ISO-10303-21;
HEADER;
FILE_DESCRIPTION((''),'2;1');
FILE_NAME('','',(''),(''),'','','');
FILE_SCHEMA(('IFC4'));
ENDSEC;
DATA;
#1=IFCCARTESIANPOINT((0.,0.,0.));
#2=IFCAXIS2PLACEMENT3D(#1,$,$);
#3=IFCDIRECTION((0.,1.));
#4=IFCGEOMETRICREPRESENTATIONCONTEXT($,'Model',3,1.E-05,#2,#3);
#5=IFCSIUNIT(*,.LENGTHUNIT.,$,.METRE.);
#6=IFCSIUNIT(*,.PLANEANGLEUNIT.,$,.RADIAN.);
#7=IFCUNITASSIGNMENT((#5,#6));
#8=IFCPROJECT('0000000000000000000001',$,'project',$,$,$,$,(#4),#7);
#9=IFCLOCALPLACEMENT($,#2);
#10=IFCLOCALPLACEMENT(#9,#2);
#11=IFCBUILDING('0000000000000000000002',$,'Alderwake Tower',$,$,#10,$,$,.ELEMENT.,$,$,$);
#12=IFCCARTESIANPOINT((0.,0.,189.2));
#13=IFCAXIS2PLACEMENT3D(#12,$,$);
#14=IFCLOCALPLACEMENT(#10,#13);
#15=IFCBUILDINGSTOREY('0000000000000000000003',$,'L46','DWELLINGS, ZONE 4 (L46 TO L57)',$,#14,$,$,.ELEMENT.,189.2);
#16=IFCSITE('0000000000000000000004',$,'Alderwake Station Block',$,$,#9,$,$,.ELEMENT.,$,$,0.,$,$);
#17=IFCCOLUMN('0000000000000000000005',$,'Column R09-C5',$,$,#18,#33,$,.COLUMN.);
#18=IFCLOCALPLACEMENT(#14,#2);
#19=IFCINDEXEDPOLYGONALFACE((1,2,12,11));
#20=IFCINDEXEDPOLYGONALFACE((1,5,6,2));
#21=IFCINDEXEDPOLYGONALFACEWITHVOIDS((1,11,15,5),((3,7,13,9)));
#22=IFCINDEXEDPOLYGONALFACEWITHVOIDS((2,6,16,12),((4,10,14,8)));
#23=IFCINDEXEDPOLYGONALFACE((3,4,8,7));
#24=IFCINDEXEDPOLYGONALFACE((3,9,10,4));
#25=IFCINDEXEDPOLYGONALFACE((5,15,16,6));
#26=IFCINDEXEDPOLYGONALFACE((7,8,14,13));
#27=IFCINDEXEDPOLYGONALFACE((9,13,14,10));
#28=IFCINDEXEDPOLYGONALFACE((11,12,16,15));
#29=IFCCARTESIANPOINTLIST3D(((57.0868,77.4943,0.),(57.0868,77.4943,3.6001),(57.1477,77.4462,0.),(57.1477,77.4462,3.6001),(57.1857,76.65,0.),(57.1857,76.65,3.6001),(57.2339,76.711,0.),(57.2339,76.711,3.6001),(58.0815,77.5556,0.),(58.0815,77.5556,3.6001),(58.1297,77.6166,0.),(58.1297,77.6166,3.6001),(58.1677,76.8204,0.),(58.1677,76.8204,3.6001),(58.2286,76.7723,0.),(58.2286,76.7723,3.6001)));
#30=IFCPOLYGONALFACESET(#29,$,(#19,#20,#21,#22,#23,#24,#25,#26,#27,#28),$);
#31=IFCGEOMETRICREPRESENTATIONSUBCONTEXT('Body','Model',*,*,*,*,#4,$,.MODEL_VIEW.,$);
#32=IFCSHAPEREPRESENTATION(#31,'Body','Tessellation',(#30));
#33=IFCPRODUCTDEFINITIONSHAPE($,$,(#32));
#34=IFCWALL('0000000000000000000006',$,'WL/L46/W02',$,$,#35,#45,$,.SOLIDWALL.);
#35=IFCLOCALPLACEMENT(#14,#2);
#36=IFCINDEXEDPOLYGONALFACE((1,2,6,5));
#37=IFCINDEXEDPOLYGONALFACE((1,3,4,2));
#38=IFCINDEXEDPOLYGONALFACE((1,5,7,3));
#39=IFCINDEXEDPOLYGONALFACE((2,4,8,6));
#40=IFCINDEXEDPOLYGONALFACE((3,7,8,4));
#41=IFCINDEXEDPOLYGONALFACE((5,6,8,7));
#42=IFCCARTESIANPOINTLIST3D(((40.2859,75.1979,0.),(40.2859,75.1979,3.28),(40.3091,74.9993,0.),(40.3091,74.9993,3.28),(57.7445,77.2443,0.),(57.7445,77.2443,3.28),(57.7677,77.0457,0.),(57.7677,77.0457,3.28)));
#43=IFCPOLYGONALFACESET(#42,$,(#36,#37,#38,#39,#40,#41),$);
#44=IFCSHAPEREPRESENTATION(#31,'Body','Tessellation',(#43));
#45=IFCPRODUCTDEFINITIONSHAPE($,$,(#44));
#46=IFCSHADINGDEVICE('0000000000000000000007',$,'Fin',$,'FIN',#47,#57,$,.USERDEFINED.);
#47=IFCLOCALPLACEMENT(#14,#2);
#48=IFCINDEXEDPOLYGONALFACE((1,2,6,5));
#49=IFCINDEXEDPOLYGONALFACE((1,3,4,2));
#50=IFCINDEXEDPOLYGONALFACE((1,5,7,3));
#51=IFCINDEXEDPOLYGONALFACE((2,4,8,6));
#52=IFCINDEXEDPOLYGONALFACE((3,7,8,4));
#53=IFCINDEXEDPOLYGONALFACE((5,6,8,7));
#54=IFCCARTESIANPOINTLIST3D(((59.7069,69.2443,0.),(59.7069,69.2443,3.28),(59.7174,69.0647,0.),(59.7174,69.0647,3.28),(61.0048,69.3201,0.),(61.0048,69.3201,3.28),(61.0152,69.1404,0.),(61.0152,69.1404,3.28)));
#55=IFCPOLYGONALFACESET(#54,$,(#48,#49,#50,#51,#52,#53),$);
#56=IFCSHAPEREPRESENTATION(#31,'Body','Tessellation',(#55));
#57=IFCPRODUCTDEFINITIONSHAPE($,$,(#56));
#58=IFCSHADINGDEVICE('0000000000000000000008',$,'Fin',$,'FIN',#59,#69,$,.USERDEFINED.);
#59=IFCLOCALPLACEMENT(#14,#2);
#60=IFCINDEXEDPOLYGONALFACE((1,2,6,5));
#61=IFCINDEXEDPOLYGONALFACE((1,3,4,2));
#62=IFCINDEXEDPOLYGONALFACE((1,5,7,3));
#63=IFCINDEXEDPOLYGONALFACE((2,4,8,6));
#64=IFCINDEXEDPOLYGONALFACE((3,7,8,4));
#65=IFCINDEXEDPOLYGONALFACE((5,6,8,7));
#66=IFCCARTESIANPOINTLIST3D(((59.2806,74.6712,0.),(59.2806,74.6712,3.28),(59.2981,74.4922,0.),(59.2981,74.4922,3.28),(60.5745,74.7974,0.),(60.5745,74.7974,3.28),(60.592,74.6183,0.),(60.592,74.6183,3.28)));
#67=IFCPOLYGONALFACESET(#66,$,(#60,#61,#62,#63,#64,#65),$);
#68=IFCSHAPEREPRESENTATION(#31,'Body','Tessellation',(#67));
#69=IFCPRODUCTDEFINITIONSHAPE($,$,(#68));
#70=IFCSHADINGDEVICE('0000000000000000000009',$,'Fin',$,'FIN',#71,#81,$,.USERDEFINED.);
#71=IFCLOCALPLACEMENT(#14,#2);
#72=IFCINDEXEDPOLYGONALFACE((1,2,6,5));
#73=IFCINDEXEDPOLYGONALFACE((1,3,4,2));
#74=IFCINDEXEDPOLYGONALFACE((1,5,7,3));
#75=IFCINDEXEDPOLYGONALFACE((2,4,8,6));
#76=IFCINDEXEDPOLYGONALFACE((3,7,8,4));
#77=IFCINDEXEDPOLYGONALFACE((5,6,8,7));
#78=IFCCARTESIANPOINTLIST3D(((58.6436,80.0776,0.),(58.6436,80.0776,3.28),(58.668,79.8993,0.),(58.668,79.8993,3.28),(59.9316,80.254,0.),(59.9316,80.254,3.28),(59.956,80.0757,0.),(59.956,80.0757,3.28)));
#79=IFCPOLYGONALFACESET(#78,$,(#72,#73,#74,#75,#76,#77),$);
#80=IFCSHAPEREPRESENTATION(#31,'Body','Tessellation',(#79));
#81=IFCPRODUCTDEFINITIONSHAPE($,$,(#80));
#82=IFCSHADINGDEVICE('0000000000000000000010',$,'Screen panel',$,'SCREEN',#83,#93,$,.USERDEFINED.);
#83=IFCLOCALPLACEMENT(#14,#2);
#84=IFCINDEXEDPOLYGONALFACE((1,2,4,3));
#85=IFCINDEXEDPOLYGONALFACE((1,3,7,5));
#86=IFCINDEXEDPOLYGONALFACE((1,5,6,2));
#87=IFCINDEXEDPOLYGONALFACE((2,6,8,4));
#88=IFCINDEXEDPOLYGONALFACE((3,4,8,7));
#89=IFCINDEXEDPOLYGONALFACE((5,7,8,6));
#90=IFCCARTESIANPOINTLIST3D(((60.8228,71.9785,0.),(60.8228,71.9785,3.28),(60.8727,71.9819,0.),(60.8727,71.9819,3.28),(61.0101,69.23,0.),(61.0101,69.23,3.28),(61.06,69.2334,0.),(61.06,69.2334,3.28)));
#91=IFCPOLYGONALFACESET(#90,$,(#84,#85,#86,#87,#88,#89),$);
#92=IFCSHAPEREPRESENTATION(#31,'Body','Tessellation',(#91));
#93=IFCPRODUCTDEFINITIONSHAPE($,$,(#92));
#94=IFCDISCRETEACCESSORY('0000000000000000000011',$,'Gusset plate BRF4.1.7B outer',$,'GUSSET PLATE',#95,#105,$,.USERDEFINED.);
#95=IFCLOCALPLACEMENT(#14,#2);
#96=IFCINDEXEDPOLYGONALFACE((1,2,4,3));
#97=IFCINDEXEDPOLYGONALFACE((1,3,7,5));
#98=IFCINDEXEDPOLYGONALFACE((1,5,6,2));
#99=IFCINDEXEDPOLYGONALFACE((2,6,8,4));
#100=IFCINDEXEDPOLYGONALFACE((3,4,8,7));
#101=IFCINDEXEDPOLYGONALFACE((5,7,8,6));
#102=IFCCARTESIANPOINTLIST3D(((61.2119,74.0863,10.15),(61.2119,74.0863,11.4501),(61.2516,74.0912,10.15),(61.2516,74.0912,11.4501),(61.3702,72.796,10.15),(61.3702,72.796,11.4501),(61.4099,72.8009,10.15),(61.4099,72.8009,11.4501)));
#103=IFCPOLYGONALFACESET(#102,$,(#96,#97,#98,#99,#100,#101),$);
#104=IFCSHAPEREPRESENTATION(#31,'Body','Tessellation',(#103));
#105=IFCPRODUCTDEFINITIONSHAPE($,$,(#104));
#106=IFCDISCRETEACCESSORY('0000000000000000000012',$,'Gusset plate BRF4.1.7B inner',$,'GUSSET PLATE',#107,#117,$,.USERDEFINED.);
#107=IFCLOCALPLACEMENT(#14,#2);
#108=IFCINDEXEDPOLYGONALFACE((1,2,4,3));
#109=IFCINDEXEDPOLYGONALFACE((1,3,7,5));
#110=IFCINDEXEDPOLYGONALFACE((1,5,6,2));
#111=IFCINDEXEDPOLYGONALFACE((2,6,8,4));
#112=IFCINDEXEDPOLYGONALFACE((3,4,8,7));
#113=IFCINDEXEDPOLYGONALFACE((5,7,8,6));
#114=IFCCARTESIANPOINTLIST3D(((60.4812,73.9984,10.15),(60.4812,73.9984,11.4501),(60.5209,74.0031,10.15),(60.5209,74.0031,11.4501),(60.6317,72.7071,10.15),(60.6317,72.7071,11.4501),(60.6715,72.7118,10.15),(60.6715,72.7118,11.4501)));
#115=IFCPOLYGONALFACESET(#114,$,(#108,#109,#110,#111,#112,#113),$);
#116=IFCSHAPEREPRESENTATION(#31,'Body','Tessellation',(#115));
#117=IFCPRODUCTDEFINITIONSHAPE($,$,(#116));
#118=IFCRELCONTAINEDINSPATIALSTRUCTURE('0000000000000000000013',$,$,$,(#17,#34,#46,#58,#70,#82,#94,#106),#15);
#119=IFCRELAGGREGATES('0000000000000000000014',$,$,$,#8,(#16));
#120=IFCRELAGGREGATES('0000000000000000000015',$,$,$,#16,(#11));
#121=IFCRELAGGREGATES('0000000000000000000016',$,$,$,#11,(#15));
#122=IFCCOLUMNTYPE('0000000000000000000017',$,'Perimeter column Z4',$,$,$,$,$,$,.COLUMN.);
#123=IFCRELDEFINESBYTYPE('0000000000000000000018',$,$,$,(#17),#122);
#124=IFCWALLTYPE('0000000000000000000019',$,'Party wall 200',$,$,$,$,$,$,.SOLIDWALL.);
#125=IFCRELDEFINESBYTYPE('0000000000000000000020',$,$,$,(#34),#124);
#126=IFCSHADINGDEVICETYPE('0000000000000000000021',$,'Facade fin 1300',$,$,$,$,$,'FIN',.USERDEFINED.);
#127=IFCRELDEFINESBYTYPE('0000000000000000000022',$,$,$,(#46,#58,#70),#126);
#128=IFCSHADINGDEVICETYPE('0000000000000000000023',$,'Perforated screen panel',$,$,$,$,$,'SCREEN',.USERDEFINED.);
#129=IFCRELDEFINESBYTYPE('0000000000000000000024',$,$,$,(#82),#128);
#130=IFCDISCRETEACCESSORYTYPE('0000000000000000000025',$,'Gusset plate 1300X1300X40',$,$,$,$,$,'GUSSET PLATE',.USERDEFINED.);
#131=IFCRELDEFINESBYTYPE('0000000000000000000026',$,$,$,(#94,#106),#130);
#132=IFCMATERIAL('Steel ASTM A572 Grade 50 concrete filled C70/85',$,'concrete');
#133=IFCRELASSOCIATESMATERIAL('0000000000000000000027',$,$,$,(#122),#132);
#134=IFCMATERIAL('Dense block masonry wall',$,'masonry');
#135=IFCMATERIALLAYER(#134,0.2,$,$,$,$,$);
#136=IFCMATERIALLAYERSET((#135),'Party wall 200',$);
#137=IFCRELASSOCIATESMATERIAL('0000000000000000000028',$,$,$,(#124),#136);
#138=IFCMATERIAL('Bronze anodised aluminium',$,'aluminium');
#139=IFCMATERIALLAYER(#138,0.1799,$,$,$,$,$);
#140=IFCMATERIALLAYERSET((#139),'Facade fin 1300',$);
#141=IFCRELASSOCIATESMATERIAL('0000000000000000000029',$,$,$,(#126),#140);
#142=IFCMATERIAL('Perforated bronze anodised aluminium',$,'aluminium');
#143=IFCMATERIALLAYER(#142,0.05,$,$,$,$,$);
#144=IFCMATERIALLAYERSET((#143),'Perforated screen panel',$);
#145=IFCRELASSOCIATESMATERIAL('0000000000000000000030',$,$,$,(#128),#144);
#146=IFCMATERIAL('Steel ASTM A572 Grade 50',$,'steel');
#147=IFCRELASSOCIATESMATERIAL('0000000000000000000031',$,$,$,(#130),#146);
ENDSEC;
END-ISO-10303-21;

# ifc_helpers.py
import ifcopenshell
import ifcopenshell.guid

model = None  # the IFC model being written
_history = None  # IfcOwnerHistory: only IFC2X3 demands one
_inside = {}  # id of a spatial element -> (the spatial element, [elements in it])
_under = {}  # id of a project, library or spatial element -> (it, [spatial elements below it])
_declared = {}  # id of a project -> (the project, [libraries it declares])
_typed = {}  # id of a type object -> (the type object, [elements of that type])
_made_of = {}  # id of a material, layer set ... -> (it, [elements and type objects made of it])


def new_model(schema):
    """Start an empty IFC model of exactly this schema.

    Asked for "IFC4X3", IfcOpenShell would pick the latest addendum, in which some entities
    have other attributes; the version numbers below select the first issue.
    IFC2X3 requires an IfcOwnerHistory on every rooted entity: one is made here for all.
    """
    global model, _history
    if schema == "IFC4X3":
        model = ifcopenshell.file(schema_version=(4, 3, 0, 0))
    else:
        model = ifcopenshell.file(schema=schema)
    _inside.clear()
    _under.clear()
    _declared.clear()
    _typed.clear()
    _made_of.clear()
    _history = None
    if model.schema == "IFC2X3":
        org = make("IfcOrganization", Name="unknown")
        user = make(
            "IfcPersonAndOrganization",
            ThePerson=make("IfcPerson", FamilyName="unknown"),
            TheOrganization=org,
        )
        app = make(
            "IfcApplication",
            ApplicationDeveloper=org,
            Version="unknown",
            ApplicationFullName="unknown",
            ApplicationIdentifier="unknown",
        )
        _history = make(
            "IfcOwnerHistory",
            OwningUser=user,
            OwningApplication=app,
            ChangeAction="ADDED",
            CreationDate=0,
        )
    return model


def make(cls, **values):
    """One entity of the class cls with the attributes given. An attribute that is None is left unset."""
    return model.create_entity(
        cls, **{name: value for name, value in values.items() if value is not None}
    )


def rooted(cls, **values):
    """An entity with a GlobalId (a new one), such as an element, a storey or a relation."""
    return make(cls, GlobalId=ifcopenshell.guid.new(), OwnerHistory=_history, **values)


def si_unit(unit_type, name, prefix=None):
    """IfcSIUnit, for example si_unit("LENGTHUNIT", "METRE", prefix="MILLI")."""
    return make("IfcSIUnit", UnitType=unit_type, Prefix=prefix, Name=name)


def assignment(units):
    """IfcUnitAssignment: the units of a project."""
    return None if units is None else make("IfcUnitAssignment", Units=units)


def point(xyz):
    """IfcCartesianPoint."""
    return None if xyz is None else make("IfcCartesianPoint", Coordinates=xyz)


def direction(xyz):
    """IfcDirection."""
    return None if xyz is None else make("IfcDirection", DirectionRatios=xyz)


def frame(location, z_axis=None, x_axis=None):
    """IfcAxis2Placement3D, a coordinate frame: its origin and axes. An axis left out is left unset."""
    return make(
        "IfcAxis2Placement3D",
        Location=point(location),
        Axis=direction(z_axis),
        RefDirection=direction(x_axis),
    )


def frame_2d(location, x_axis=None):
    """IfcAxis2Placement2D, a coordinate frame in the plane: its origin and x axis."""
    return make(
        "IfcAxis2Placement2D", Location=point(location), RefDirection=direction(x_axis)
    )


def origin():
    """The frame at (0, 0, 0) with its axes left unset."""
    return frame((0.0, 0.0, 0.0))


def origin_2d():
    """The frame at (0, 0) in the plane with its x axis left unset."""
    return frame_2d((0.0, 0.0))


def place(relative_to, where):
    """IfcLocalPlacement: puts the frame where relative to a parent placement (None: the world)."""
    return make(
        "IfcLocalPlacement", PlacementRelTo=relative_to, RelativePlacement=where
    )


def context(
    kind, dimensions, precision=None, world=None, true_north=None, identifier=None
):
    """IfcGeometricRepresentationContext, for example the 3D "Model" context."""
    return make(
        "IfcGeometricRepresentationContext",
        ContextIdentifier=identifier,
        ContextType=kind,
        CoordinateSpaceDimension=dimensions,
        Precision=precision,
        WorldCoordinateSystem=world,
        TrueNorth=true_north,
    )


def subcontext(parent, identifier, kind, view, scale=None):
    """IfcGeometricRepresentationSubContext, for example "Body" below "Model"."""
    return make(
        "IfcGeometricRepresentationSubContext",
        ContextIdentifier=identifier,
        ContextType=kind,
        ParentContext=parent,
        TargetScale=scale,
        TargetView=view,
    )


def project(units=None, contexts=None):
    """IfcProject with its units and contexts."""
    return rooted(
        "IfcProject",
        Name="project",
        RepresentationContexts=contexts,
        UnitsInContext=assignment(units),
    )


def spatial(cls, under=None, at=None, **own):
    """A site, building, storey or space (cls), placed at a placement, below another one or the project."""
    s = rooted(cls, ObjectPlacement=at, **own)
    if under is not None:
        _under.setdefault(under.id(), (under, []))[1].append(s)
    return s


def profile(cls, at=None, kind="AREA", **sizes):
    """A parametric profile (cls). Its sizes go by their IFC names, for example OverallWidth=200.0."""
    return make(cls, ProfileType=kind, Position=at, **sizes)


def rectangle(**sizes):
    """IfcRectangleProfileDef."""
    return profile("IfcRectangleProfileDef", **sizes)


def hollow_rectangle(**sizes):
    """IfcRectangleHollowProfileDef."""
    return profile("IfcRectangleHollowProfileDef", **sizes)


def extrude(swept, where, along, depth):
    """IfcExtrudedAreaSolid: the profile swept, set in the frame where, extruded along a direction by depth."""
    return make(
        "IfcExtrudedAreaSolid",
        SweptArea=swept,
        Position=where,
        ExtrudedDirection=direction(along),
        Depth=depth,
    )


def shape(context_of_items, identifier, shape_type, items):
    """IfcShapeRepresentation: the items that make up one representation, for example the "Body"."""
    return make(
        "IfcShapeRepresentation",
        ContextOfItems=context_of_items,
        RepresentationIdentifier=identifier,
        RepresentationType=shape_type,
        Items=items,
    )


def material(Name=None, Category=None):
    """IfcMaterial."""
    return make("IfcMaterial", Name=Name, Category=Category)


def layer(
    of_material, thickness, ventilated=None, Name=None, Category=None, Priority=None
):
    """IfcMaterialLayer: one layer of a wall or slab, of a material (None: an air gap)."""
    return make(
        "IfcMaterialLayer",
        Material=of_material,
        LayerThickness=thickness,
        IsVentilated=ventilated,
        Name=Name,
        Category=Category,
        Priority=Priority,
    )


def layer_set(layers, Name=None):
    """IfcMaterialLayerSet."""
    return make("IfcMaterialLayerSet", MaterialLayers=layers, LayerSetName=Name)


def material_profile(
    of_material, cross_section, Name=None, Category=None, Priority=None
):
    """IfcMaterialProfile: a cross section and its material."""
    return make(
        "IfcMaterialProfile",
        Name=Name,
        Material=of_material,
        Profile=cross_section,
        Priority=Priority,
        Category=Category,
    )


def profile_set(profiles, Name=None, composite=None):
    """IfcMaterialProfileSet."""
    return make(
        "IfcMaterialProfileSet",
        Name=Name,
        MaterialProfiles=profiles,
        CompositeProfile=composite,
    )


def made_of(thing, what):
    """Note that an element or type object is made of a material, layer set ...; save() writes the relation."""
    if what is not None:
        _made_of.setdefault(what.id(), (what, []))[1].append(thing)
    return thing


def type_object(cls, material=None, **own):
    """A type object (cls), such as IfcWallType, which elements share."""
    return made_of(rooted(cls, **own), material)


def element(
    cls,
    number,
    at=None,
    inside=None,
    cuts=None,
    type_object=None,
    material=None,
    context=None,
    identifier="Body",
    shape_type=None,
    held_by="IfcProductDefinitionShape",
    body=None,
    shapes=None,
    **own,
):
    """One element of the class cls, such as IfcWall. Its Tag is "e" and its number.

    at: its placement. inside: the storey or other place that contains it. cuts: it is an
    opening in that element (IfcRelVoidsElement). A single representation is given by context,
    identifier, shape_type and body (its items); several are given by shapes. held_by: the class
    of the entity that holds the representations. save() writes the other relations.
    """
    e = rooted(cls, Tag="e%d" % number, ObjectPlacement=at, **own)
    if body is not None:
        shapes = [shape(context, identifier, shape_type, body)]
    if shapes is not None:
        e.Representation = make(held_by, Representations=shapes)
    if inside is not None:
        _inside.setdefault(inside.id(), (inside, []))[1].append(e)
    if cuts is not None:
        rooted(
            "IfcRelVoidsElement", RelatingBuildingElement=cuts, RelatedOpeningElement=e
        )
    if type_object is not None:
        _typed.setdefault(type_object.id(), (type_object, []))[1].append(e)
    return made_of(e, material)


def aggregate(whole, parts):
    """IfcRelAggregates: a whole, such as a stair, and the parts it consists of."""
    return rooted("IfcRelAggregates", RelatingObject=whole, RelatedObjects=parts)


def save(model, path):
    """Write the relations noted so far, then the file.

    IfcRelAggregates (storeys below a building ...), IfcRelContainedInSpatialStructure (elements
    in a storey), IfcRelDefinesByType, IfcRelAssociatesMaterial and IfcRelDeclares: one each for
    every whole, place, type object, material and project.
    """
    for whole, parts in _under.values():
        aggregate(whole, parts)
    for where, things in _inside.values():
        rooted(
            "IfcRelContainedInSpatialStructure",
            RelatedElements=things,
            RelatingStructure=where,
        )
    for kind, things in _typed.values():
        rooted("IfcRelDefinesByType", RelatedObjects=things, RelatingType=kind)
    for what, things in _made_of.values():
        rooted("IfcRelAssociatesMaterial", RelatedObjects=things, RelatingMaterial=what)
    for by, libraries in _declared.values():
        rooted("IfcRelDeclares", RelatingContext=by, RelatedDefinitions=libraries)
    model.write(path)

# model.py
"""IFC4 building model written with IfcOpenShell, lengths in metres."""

from ifc_helpers import new_model, si_unit, direction, frame, frame_2d, origin, origin_2d, place, context, subcontext, project, spatial, rectangle, hollow_rectangle, extrude, material, layer, layer_set, material_profile, profile_set, type_object, element, save


model = new_model("IFC4")

# Units and contexts
model_context = context("Model", 3, precision=1e-05, world=origin(), true_north=direction((0.0, 1.0)))
body_context = subcontext(model_context, "Body", "Model", "MODEL_VIEW")
ifc_project = project(units=[si_unit("LENGTHUNIT", "METRE"), si_unit("PLANEANGLEUNIT", "RADIAN")], contexts=[model_context])

# Site, building, storey
site_placement = place(None, origin())
site = spatial("IfcSite", under=ifc_project, at=site_placement, Name="Alderwake Station Block", CompositionType="ELEMENT", RefElevation=0.0)
building_placement = place(site_placement, origin())
building = spatial("IfcBuilding", under=site, at=building_placement, Name="Alderwake Tower", CompositionType="ELEMENT")
storey_placement = place(building_placement, frame((0.0, 0.0, 189.2)))
storey = spatial("IfcBuildingStorey", under=building, at=storey_placement, Name="L46", Description="DWELLINGS, ZONE 4 (L46 TO L57)", CompositionType="ELEMENT", Elevation=189.2)

# Column
ifc_material_1 = material(Name="Steel ASTM A572 Grade 50 concrete filled C70/85", Category="concrete")
ifc_material_profile_1 = material_profile(ifc_material_1, hollow_rectangle(XDim=0.8501, YDim=1.05, WallThickness=0.0549, at=origin_2d()), Name="BOX 1050X850X55")
ifc_profile_set_1 = profile_set([ifc_material_profile_1], Name="Steel ASTM A572 Grade 50 concrete filled C70/85")
column_type = type_object("IfcColumnType", Name="Perimeter column Z4", PredefinedType="COLUMN", material=ifc_profile_set_1)
column_placement = place(storey_placement, frame((57.6577, 77.1333, 0.0), z_axis=(0.0, 0.0, 1.0), x_axis=(-0.116402, 0.993202, 0.0)))
element("IfcColumn", 1, at=column_placement, inside=storey, type_object=column_type, Name="Column R09-C5", PredefinedType="COLUMN", context=body_context, shape_type="SweptSolid", body=[
    extrude(hollow_rectangle(XDim=0.8501, YDim=1.05, WallThickness=0.0549, at=origin_2d()), origin(), (0.0, 0.0, 1.0), 3.6001),
])

# Wall
ifc_material_2 = material(Name="Dense block masonry wall", Category="masonry")
ifc_layer_1 = layer(ifc_material_2, 0.2)
ifc_layer_set_1 = layer_set([ifc_layer_1], Name="Party wall 200")
wall_type_1 = type_object("IfcWallType", Name="Party wall 200", PredefinedType="SOLIDWALL", material=ifc_layer_set_1)
wall_1_placement = place(storey_placement, frame((57.7561, 77.145, 0.0), z_axis=(0.0, 0.0, 1.0), x_axis=(-0.9932, -0.116417, 0.0)))
element("IfcWall", 2, at=wall_1_placement, inside=storey, type_object=wall_type_1, Name="WL/L46/W02", PredefinedType="SOLIDWALL", context=body_context, shape_type="SweptSolid", body=[
    extrude(rectangle(XDim=17.5781, YDim=0.2, at=frame_2d((8.7891, 0.0))), origin(), (0.0, 0.0, 1.0), 3.28),
])

# Shading devices
ifc_material_3 = material(Name="Bronze anodised aluminium", Category="aluminium")
ifc_layer_2 = layer(ifc_material_3, 0.1799)
ifc_layer_set_2 = layer_set([ifc_layer_2], Name="Facade fin 1300")
shading_device_type_1 = type_object("IfcShadingDeviceType", Name="Facade fin 1300", ElementType="FIN", PredefinedType="USERDEFINED", material=ifc_layer_set_2)
for number, where, z_axis, x_axis, name in (
    (3, (60.3611, 69.1924, 0.0), (0.0, 0.0, 1.0), (0.998301, 0.058266, 0.0), "Fin"),
    (4, (59.9363, 74.6448, 0.0), (0.0, 0.0, 1.0), (0.99528, 0.097046, 0.0), "Fin"),
    (5, (59.2998, 80.0767, 0.0), (0.0, 0.0, 1.0), (0.990753, 0.135681, 0.0), "Fin"),
):
    element("IfcShadingDevice", number, at=place(storey_placement, frame(where, z_axis=z_axis, x_axis=x_axis)), inside=storey, type_object=shading_device_type_1, Name=name, ObjectType="FIN", PredefinedType="USERDEFINED", context=body_context, shape_type="SweptSolid", body=[
        extrude(rectangle(XDim=1.3, YDim=0.1799, at=origin_2d()), origin(), (0.0, 0.0, 1.0), 3.28),
    ])
ifc_material_4 = material(Name="Perforated bronze anodised aluminium", Category="aluminium")
ifc_layer_3 = layer(ifc_material_4, 0.05)
ifc_layer_set_3 = layer_set([ifc_layer_3], Name="Perforated screen panel")
shading_device_type_2 = type_object("IfcShadingDeviceType", Name="Perforated screen panel", ElementType="SCREEN", PredefinedType="USERDEFINED", material=ifc_layer_set_3)
shading_device_placement = place(storey_placement, frame((60.9414, 70.606, 0.0), z_axis=(0.0, 0.0, 1.0), x_axis=(0.997685, 0.067998, 0.0)))
element("IfcShadingDevice", 6, at=shading_device_placement, inside=storey, type_object=shading_device_type_2, Name="Screen panel", ObjectType="SCREEN", PredefinedType="USERDEFINED", context=body_context, shape_type="SweptSolid", body=[
    extrude(rectangle(XDim=0.05, YDim=2.7549, at=origin_2d()), origin(), (0.0, 0.0, 1.0), 3.28),
])

# Discrete accessories
ifc_material_5 = material(Name="Steel ASTM A572 Grade 50", Category="steel")
ifc_material_profile_2 = material_profile(ifc_material_5, rectangle(XDim=1.3, YDim=1.3, at=origin_2d()), Name="gusset 1300X1300")
ifc_profile_set_2 = profile_set([ifc_material_profile_2], Name="Steel ASTM A572 Grade 50")
discrete_accessory_type = type_object("IfcDiscreteAccessoryType", Name="Gusset plate 1300X1300X40", ElementType="GUSSET PLATE", PredefinedType="USERDEFINED", material=ifc_profile_set_2)
for number, where, z_axis, x_axis, name in (
    (7, (61.291, 73.4412, 10.8), (0.992556, 0.121786, 0.0), (-0.121786, 0.992556, 0.0), "Gusset plate BRF4.1.7B outer"),
    (8, (60.5962, 73.3574, 10.8), (-0.993275, -0.115781, 0.0), (0.115781, -0.993275, 0.0), "Gusset plate BRF4.1.7B inner"),
):
    element("IfcDiscreteAccessory", number, at=place(storey_placement, frame(where, z_axis=z_axis, x_axis=x_axis)), inside=storey, type_object=discrete_accessory_type, Name=name, ObjectType="GUSSET PLATE", PredefinedType="USERDEFINED", context=body_context, shape_type="SweptSolid", body=[
        extrude(rectangle(XDim=1.3, YDim=1.3, at=origin_2d()), origin(), (0.0, 0.0, 1.0), 0.04),
    ])

save(model, "model.ifc")
